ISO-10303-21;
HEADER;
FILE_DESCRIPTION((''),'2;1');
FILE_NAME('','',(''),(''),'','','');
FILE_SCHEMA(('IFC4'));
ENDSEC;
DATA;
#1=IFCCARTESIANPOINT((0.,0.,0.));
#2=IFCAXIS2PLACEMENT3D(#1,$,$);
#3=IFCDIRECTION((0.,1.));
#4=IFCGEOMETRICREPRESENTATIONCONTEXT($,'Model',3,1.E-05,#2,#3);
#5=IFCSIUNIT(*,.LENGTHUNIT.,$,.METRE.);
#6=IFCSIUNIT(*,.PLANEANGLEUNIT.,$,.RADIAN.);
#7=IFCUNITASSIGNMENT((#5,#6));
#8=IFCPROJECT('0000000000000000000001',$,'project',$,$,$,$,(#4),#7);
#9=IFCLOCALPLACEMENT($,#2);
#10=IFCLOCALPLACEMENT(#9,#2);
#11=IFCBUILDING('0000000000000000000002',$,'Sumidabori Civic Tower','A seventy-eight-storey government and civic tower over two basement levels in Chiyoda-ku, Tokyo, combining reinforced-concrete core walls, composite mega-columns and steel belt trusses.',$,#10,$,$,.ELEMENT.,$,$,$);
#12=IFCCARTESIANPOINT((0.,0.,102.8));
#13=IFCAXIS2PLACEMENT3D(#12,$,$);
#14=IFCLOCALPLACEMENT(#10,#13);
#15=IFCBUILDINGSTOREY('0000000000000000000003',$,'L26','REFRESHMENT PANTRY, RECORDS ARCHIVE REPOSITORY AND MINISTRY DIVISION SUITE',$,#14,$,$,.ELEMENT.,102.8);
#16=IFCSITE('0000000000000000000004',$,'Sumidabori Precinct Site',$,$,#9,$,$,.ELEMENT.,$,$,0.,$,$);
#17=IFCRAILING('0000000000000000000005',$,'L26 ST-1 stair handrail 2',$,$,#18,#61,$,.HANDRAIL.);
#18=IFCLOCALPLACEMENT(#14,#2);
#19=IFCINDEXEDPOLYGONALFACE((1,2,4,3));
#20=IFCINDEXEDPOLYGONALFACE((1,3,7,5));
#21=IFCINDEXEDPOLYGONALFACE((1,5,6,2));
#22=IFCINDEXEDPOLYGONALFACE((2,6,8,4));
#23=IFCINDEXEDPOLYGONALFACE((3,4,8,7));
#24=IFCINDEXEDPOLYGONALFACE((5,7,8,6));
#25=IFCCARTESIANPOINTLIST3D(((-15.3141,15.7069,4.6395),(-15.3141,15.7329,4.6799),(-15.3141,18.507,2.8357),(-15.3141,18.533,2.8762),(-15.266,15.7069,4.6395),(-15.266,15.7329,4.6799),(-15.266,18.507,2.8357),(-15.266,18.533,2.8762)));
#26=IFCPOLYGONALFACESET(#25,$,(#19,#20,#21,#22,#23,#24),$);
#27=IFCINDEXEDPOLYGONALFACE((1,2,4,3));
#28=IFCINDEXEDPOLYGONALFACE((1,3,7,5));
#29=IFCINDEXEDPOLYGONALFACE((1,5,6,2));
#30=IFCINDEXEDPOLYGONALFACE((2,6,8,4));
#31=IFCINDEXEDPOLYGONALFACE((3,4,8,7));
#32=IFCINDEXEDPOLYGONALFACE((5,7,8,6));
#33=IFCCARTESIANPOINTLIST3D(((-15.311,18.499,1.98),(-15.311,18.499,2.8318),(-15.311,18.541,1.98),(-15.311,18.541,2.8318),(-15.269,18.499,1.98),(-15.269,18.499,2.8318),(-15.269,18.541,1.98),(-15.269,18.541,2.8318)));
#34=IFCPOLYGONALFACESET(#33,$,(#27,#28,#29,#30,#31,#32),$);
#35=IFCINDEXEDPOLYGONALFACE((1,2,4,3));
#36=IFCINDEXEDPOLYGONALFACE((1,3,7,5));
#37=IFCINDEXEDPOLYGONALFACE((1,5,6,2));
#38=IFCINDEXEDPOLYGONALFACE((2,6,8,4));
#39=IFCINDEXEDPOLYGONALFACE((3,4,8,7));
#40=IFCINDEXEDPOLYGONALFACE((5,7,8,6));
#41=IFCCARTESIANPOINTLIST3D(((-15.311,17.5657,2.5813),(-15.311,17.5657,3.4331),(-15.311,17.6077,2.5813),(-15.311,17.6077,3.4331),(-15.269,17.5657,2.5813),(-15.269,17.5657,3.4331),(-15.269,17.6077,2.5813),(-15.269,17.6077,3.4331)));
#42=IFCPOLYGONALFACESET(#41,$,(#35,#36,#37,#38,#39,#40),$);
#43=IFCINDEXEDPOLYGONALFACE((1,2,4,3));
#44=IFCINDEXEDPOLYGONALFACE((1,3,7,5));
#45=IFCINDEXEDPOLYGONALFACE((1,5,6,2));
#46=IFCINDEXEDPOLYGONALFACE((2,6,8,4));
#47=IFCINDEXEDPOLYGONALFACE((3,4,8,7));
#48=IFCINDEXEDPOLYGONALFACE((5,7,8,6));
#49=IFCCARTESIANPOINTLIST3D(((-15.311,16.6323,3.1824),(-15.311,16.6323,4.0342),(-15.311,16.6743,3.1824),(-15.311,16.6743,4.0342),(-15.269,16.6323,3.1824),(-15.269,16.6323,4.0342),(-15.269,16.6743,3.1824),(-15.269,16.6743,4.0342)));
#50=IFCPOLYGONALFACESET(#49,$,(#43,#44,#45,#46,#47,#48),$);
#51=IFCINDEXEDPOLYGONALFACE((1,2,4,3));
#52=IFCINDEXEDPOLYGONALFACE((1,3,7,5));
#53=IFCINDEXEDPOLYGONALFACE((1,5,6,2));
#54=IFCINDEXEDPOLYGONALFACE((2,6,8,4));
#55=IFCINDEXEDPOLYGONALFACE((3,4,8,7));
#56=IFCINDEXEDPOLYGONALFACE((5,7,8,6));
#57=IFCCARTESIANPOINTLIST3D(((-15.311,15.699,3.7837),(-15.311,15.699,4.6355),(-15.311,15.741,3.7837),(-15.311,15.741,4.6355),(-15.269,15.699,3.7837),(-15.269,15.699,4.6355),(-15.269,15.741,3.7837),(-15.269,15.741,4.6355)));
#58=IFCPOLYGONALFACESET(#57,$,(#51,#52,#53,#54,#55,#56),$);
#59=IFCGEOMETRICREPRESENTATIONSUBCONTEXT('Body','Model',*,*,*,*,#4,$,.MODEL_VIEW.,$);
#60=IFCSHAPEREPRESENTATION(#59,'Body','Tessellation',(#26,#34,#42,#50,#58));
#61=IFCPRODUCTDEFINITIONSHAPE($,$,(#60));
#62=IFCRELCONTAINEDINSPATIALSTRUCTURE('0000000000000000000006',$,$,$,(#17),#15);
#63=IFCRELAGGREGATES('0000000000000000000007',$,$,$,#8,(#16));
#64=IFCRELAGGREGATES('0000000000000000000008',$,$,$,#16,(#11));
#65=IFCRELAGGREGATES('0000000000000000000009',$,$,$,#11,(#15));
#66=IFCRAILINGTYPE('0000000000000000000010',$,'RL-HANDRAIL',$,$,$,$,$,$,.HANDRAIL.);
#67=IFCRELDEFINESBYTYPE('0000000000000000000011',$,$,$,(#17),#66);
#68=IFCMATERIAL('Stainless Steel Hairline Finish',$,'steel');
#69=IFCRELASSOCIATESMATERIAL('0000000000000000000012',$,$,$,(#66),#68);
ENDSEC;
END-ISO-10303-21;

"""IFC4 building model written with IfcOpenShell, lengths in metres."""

from ifc_helpers import new_model, si_unit, direction, frame, origin, origin_2d, place, context, subcontext, project, spatial, rectangle, extrude, material, type_object, element, save


model = new_model("IFC4")

# Units and contexts
model_context = context("Model", 3, precision=1e-05, world=origin(), true_north=direction((0.0, 1.0)))
body_context = subcontext(model_context, "Body", "Model", "MODEL_VIEW")
ifc_project = project(units=[si_unit("LENGTHUNIT", "METRE"), si_unit("PLANEANGLEUNIT", "RADIAN")], contexts=[model_context])

# Site, building, storey
site_placement = place(None, origin())
site = spatial("IfcSite", under=ifc_project, at=site_placement, Name="Sumidabori Precinct Site", CompositionType="ELEMENT", RefElevation=0.0)
building_placement = place(site_placement, origin())
building = spatial("IfcBuilding", under=site, at=building_placement, Name="Sumidabori Civic Tower", Description="A seventy-eight-storey government and civic tower over two basement levels in Chiyoda-ku, Tokyo, combining reinforced-concrete core walls, composite mega-columns and steel belt trusses.", CompositionType="ELEMENT")
storey_placement = place(building_placement, frame((0.0, 0.0, 102.8)))
storey = spatial("IfcBuildingStorey", under=building, at=storey_placement, Name="L26", Description="REFRESHMENT PANTRY, RECORDS ARCHIVE REPOSITORY AND MINISTRY DIVISION SUITE", CompositionType="ELEMENT", Elevation=102.8)

# Railing
ifc_material_1 = material(Name="Stainless Steel Hairline Finish", Category="steel")
railing_type = type_object("IfcRailingType", Name="RL-HANDRAIL", PredefinedType="HANDRAIL", material=ifc_material_1)
railing_placement = place(storey_placement, frame((-15.29, 18.52, 1.98)))
element("IfcRailing", 1, at=railing_placement, inside=storey, type_object=railing_type, Name="L26 ST-1 stair handrail 2", PredefinedType="HANDRAIL", context=body_context, shape_type="SweptSolid", body=[
    extrude(rectangle(XDim=0.0481, YDim=0.0481, at=origin_2d()), frame((0.0, 0.0, 0.876), z_axis=(0.0, -0.840676, 0.541539), x_axis=(1.0, 0.0, 0.0)), (0.0, 0.0, 1.0), 3.3308),
    extrude(rectangle(XDim=0.042, YDim=0.042, at=origin_2d()), origin(), (0.0, 0.0, 1.0), 0.8518),
    extrude(rectangle(XDim=0.042, YDim=0.042, at=origin_2d()), frame((0.0, -0.9333, 0.6013)), (0.0, 0.0, 1.0), 0.8518),
    extrude(rectangle(XDim=0.042, YDim=0.042, at=origin_2d()), frame((0.0, -1.8667, 1.2024)), (0.0, 0.0, 1.0), 0.8518),
    extrude(rectangle(XDim=0.042, YDim=0.042, at=origin_2d()), frame((0.0, -2.8, 1.8037)), (0.0, 0.0, 1.0), 0.8518),
])

save(model, "model.ifc")
